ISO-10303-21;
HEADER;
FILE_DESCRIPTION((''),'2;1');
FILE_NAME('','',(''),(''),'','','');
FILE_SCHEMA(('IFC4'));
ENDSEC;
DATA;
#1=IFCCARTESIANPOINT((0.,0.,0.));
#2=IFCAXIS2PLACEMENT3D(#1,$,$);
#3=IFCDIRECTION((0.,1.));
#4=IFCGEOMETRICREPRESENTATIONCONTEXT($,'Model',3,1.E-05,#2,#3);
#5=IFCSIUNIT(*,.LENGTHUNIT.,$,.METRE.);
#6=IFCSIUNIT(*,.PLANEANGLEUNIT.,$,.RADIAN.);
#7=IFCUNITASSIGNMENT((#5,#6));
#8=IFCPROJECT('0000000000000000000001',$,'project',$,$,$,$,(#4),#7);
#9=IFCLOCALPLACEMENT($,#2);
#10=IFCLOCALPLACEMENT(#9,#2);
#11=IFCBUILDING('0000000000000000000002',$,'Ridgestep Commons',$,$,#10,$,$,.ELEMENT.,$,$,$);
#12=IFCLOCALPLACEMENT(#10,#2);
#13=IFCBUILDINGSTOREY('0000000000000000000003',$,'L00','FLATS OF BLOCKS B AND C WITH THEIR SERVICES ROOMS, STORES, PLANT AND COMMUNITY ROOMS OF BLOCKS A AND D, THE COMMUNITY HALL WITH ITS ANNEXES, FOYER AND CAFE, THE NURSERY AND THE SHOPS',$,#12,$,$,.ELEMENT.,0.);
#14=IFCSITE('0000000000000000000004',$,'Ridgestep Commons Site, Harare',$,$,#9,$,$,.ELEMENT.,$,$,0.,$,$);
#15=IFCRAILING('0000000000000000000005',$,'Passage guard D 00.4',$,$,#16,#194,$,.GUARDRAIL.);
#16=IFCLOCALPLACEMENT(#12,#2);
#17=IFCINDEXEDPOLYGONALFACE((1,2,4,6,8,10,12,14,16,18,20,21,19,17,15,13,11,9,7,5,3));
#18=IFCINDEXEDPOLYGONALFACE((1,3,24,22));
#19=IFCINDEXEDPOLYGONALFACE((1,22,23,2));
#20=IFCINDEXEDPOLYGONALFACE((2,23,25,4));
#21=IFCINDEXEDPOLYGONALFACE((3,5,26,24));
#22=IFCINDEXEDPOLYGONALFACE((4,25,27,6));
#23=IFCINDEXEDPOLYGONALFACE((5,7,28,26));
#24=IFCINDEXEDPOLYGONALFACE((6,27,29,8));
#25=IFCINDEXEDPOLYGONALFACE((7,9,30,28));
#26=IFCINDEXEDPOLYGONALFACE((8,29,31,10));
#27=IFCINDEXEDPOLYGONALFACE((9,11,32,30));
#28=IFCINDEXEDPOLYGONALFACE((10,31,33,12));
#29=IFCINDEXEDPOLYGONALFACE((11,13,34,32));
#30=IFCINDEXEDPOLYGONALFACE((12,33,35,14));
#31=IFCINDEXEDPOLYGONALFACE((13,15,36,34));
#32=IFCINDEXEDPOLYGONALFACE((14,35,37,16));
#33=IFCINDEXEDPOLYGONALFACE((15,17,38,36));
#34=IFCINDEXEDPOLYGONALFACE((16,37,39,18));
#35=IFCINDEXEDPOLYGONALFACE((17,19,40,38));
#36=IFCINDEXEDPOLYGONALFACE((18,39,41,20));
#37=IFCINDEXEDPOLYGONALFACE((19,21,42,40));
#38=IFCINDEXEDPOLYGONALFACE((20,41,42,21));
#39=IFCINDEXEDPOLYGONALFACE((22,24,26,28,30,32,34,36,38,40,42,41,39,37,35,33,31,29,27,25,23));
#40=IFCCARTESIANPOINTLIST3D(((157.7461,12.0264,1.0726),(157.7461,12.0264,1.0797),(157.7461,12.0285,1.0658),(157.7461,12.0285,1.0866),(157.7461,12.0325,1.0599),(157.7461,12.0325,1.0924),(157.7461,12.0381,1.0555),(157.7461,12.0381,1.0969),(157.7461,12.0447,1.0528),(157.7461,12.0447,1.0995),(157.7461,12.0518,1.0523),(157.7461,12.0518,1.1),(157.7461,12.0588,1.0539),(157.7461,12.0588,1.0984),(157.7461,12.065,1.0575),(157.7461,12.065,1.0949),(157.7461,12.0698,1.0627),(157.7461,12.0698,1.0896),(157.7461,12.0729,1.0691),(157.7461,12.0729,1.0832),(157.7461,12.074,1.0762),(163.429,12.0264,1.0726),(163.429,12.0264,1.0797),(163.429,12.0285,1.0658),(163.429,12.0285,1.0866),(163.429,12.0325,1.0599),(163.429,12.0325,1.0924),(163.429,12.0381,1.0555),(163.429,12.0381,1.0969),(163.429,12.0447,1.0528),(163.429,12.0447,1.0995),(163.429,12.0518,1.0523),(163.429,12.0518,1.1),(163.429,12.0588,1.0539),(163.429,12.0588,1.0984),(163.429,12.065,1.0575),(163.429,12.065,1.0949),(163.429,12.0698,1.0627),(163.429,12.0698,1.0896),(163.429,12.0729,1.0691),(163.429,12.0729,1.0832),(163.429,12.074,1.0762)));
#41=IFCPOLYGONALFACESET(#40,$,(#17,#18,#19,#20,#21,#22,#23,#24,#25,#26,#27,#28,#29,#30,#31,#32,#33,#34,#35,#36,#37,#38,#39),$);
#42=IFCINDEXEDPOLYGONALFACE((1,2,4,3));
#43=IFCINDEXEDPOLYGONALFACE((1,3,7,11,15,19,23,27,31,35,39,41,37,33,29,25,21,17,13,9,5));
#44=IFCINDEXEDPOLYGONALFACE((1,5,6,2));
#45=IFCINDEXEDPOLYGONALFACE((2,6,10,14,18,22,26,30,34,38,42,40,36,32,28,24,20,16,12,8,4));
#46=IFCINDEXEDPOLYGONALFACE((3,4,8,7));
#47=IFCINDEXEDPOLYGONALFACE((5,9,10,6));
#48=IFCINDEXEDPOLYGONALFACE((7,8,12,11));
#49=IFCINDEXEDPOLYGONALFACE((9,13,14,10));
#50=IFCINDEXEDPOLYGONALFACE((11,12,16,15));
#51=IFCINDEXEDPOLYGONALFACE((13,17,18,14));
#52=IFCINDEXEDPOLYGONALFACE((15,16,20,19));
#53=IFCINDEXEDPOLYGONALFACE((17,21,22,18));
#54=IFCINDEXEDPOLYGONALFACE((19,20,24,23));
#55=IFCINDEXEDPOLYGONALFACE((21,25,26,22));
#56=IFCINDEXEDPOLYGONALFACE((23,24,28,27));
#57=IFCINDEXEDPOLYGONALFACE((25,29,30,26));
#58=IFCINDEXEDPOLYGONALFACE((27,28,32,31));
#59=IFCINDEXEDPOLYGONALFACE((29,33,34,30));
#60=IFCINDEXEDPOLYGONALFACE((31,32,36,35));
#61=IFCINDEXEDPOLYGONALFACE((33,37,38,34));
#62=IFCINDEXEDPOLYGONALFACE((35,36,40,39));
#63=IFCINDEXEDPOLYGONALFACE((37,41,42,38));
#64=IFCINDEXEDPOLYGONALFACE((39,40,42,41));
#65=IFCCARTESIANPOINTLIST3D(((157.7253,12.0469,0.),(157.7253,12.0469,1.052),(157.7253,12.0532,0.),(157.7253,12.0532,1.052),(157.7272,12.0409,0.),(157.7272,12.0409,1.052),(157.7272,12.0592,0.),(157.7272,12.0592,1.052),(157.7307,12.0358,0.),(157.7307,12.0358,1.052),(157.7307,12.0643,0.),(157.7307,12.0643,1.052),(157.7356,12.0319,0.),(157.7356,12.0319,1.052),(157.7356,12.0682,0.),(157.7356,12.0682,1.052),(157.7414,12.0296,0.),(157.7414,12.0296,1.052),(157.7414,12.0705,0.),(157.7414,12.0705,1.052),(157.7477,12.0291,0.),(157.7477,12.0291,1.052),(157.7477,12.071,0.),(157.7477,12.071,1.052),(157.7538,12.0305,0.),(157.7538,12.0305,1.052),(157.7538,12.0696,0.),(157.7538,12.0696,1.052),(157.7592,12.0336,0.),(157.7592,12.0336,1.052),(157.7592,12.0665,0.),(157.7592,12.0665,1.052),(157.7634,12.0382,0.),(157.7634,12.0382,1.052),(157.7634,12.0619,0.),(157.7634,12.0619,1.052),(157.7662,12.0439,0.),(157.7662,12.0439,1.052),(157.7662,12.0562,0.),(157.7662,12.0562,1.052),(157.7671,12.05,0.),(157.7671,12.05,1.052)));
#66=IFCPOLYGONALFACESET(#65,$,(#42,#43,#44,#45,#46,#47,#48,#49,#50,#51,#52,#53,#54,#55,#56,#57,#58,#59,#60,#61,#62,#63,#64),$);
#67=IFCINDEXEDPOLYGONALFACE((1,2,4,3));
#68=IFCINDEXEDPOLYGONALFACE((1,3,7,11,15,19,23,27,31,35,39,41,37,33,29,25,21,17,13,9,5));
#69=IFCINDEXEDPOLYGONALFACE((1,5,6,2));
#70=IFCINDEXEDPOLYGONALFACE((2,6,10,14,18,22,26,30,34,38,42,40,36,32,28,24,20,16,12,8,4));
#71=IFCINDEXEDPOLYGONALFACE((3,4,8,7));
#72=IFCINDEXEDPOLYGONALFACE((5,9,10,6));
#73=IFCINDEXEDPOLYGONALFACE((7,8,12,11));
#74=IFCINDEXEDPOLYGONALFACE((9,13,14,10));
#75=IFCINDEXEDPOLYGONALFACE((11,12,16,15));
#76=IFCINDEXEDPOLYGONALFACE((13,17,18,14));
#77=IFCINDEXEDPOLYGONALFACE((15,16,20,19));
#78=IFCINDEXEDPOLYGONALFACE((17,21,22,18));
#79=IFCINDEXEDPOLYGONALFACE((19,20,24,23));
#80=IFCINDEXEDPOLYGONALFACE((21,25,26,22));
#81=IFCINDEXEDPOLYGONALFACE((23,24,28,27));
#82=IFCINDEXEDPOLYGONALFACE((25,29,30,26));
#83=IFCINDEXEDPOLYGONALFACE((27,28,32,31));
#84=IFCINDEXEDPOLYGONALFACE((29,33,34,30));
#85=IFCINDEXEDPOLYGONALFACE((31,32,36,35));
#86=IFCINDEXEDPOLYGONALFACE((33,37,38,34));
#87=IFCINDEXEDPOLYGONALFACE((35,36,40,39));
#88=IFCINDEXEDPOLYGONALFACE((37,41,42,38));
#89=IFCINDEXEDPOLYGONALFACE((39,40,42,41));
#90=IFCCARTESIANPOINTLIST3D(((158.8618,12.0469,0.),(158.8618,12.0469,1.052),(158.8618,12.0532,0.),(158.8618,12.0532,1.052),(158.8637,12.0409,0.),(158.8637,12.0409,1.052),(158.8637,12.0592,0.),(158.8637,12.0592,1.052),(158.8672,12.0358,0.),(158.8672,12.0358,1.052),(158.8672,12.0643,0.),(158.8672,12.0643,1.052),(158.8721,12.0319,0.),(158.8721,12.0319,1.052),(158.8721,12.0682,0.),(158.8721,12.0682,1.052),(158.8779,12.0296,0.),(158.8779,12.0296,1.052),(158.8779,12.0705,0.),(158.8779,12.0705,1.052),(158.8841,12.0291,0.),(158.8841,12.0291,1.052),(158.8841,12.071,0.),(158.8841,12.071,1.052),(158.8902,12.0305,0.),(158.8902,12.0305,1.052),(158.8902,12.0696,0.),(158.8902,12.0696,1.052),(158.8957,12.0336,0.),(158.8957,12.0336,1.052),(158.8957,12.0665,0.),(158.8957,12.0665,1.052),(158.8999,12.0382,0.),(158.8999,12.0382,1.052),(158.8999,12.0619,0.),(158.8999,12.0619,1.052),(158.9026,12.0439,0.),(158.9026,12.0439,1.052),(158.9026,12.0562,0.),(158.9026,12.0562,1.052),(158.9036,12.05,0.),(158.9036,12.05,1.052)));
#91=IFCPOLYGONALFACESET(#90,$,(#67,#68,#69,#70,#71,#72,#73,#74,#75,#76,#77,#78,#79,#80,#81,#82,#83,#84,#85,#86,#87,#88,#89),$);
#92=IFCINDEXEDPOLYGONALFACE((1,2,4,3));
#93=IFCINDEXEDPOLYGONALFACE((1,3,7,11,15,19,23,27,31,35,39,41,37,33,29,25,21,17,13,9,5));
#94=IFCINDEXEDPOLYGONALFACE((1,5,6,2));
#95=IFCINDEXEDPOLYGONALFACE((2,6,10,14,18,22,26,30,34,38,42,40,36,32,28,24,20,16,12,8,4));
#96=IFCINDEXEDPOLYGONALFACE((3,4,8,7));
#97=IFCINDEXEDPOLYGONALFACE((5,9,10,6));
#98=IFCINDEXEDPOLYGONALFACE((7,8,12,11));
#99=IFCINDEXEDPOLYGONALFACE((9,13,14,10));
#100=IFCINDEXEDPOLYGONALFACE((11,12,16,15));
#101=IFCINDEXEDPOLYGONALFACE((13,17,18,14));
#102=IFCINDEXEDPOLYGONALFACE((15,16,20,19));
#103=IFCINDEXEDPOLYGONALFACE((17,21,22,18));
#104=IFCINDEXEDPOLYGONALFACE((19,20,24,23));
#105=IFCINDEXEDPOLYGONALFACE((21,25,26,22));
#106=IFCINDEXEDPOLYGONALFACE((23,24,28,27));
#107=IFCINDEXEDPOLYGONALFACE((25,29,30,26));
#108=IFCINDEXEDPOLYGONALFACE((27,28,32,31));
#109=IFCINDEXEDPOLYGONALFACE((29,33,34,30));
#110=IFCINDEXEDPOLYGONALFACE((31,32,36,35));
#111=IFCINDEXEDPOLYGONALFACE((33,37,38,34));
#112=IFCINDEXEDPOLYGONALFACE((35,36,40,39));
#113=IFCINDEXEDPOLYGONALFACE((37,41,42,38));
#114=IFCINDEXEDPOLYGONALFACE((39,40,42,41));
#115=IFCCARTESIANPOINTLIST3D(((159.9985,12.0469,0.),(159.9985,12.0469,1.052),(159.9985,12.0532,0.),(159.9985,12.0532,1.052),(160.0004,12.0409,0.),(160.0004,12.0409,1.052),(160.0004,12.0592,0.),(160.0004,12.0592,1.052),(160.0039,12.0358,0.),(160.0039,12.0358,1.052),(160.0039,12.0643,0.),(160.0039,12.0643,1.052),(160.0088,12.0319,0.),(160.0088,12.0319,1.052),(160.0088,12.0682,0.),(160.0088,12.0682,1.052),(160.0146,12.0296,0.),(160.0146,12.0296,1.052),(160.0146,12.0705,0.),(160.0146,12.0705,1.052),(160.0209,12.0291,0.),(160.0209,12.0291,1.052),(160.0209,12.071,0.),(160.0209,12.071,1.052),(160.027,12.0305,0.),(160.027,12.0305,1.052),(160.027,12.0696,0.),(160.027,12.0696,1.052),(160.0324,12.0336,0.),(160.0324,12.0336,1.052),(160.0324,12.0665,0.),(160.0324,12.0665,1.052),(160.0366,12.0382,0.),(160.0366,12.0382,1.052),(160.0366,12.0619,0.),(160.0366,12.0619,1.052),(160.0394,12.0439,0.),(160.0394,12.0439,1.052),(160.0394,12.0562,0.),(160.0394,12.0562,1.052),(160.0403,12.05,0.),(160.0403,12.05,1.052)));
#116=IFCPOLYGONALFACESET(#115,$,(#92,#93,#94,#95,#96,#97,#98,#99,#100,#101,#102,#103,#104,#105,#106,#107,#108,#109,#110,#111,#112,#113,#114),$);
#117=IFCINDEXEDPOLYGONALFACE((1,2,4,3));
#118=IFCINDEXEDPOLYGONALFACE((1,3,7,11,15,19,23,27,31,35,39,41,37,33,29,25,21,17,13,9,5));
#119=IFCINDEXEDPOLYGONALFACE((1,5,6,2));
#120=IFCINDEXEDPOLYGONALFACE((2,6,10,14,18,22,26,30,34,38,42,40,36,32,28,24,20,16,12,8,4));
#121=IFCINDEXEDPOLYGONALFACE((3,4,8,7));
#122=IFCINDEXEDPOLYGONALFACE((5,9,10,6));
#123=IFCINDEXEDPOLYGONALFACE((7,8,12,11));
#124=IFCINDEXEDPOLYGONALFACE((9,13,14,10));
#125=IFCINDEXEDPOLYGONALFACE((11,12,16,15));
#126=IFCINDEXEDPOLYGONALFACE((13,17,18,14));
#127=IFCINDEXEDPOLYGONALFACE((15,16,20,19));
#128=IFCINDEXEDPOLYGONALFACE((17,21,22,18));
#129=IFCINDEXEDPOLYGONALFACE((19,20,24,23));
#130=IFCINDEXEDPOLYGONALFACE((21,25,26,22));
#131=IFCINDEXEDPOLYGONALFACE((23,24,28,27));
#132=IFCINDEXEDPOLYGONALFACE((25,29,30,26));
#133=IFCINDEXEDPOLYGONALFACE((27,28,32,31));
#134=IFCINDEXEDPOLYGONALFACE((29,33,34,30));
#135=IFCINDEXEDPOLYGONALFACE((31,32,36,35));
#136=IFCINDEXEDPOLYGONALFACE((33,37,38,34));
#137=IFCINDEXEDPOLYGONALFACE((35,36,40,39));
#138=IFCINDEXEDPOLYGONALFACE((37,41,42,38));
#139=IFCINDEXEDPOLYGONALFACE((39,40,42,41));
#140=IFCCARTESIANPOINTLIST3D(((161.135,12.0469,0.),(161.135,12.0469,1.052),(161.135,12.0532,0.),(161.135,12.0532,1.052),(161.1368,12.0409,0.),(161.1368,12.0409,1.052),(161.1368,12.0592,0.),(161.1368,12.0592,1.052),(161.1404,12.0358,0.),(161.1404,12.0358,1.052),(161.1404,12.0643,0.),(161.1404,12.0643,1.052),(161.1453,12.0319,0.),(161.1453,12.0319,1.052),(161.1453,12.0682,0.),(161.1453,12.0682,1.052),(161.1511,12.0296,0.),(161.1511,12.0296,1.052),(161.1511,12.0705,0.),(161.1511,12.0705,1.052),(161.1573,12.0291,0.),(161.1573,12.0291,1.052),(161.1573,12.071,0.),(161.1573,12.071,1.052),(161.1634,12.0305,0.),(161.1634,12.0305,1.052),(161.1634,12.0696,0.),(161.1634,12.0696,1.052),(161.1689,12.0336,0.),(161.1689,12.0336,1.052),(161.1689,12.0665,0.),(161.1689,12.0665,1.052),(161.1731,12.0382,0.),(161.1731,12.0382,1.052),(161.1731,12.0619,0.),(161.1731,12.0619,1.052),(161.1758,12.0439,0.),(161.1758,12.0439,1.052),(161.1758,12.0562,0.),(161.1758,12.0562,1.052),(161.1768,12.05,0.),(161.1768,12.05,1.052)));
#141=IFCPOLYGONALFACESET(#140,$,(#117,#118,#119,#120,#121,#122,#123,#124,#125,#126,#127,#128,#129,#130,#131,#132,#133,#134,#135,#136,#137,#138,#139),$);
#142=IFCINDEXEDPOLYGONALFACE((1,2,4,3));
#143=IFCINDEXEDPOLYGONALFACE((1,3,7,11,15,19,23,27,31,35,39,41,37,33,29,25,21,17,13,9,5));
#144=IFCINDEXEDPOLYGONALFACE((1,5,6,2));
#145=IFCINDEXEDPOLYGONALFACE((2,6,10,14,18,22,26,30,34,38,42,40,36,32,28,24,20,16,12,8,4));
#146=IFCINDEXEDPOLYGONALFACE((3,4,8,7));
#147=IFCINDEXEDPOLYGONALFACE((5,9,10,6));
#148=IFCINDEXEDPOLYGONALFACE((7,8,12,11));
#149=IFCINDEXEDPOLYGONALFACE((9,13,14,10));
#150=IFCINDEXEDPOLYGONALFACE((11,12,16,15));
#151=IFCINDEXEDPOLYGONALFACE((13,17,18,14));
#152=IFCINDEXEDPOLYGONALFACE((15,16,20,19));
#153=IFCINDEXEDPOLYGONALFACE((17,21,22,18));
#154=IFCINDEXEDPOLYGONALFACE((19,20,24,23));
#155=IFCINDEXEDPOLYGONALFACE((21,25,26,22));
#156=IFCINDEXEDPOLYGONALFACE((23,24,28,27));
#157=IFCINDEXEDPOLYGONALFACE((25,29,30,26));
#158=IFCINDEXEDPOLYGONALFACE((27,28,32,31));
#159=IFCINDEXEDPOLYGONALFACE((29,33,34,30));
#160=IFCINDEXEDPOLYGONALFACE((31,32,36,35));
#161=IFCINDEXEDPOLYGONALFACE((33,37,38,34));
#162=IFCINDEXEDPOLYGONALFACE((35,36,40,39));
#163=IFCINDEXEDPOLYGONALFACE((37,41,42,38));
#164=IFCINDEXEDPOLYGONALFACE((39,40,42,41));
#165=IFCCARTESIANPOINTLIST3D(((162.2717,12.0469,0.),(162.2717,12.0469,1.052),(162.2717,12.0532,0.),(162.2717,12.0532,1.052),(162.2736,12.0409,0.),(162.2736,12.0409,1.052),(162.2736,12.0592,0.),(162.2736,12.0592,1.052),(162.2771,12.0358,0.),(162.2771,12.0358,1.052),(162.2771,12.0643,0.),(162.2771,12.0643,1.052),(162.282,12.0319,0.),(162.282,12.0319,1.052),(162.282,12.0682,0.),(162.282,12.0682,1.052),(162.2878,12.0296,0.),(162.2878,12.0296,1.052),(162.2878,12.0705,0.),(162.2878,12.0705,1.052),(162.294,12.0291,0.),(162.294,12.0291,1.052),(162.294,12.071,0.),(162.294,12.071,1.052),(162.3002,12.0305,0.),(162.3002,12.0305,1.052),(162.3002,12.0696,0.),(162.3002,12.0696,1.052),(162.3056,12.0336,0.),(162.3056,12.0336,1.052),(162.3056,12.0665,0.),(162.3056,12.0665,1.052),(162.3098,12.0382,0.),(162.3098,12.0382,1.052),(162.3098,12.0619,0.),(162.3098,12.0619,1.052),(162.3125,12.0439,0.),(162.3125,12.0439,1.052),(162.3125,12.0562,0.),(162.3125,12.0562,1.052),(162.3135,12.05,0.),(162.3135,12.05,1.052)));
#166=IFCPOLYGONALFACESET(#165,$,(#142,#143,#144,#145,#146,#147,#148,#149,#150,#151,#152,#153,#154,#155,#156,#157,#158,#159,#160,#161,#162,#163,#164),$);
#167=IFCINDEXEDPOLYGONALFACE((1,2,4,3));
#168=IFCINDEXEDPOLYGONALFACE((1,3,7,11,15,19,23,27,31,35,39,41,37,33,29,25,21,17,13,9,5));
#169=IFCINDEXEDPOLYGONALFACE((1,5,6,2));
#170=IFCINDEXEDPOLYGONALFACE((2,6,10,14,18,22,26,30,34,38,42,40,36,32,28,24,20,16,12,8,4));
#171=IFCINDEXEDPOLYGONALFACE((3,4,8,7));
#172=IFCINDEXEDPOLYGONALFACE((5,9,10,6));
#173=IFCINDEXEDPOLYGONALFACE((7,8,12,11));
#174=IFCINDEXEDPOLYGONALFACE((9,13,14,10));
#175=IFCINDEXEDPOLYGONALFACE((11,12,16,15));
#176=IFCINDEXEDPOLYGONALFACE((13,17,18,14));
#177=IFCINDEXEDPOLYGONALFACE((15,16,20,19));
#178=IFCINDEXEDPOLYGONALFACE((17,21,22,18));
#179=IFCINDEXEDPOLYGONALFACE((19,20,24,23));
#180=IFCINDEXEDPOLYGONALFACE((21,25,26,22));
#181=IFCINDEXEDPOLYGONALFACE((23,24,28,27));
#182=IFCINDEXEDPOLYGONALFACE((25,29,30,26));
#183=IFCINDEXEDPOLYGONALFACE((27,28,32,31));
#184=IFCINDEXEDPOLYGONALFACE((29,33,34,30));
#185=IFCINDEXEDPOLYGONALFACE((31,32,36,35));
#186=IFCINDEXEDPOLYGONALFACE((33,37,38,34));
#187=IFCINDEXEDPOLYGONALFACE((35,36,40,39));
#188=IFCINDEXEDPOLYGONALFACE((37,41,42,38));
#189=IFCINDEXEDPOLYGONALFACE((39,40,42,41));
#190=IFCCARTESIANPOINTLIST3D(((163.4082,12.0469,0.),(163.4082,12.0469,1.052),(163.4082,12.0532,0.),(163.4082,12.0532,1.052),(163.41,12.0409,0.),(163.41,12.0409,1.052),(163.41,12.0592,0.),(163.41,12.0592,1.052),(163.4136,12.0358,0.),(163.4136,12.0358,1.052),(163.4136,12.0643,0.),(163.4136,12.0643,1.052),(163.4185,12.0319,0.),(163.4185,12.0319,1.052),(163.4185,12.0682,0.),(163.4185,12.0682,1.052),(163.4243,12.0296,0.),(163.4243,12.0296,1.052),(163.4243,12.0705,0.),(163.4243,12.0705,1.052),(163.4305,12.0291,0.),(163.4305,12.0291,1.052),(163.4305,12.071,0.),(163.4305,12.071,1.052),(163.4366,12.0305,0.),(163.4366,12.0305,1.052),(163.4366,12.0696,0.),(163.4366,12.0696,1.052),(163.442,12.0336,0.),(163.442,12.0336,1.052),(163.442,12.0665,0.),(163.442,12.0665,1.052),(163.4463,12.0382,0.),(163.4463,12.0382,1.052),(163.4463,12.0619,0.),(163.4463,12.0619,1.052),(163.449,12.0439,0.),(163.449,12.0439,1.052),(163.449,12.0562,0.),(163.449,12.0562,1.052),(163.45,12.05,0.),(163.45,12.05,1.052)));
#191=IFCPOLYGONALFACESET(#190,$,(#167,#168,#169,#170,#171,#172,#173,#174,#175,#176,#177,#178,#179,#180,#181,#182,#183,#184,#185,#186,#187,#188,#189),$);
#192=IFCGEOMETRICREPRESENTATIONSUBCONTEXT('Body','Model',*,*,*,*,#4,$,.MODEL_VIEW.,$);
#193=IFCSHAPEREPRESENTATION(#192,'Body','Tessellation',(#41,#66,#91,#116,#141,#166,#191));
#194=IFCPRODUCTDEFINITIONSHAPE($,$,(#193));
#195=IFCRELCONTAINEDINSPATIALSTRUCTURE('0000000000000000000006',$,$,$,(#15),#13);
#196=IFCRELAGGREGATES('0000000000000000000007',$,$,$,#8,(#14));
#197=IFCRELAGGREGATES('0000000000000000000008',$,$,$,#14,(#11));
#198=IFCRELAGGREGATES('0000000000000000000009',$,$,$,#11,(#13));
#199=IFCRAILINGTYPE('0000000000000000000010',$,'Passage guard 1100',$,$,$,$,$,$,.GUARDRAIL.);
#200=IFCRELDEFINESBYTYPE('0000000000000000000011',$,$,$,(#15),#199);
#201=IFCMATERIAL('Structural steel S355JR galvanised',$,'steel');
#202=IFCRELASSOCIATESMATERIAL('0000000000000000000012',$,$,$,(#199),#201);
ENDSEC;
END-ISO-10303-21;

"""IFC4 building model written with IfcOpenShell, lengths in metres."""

from ifc_helpers import new_model, si_unit, direction, frame, origin, origin_2d, place, context, subcontext, project, spatial, circle, extrude, material, type_object, element, save


model = new_model("IFC4")

# Units and contexts
model_context = context("Model", 3, precision=1e-05, world=origin(), true_north=direction((0.0, 1.0)))
body_context = subcontext(model_context, "Body", "Model", "MODEL_VIEW")
ifc_project = project(units=[si_unit("LENGTHUNIT", "METRE"), si_unit("PLANEANGLEUNIT", "RADIAN")], contexts=[model_context])

# Site, building, storey
site_placement = place(None, origin())
site = spatial("IfcSite", under=ifc_project, at=site_placement, Name="Ridgestep Commons Site, Harare", CompositionType="ELEMENT", RefElevation=0.0)
building_placement = place(site_placement, origin())
building = spatial("IfcBuilding", under=site, at=building_placement, Name="Ridgestep Commons", CompositionType="ELEMENT")
storey_placement = place(building_placement, origin())
storey = spatial("IfcBuildingStorey", under=building, at=storey_placement, Name="L00", Description="FLATS OF BLOCKS B AND C WITH THEIR SERVICES ROOMS, STORES, PLANT AND COMMUNITY ROOMS OF BLOCKS A AND D, THE COMMUNITY HALL WITH ITS ANNEXES, FOYER AND CAFE, THE NURSERY AND THE SHOPS", CompositionType="ELEMENT", Elevation=0.0)

# Railing
ifc_material_1 = material(Name="Structural steel S355JR galvanised", Category="steel")
railing_type_1 = type_object("IfcRailingType", Name="Passage guard 1100", PredefinedType="GUARDRAIL", material=ifc_material_1)
railing_1_placement = place(storey_placement, frame((157.7461, 12.05, 0.0)))
element("IfcRailing", 1, at=railing_1_placement, inside=storey, type_object=railing_type_1, Name="Passage guard D 00.4", PredefinedType="GUARDRAIL", context=body_context, shape_type="SweptSolid", body=[
    extrude(circle(Radius=0.0239, at=origin_2d()), frame((0.0, 0.0, 1.0762), z_axis=(1.0, 0.0, 0.0), x_axis=(0.0, 1.0, 0.0)), (0.0, 0.0, 1.0), 5.6829),
    extrude(circle(Radius=0.021, at=origin_2d()), origin(), (0.0, 0.0, 1.0), 1.052),
    extrude(circle(Radius=0.021, at=origin_2d()), frame((1.1365, 0.0, 0.0)), (0.0, 0.0, 1.0), 1.052),
    extrude(circle(Radius=0.021, at=origin_2d()), frame((2.2732, 0.0, 0.0)), (0.0, 0.0, 1.0), 1.052),
    extrude(circle(Radius=0.021, at=origin_2d()), frame((3.4097, 0.0, 0.0)), (0.0, 0.0, 1.0), 1.052),
    extrude(circle(Radius=0.021, at=origin_2d()), frame((4.5464, 0.0, 0.0)), (0.0, 0.0, 1.0), 1.052),
    extrude(circle(Radius=0.021, at=origin_2d()), frame((5.6829, 0.0, 0.0)), (0.0, 0.0, 1.0), 1.052),
])

save(model, "model.ifc")
